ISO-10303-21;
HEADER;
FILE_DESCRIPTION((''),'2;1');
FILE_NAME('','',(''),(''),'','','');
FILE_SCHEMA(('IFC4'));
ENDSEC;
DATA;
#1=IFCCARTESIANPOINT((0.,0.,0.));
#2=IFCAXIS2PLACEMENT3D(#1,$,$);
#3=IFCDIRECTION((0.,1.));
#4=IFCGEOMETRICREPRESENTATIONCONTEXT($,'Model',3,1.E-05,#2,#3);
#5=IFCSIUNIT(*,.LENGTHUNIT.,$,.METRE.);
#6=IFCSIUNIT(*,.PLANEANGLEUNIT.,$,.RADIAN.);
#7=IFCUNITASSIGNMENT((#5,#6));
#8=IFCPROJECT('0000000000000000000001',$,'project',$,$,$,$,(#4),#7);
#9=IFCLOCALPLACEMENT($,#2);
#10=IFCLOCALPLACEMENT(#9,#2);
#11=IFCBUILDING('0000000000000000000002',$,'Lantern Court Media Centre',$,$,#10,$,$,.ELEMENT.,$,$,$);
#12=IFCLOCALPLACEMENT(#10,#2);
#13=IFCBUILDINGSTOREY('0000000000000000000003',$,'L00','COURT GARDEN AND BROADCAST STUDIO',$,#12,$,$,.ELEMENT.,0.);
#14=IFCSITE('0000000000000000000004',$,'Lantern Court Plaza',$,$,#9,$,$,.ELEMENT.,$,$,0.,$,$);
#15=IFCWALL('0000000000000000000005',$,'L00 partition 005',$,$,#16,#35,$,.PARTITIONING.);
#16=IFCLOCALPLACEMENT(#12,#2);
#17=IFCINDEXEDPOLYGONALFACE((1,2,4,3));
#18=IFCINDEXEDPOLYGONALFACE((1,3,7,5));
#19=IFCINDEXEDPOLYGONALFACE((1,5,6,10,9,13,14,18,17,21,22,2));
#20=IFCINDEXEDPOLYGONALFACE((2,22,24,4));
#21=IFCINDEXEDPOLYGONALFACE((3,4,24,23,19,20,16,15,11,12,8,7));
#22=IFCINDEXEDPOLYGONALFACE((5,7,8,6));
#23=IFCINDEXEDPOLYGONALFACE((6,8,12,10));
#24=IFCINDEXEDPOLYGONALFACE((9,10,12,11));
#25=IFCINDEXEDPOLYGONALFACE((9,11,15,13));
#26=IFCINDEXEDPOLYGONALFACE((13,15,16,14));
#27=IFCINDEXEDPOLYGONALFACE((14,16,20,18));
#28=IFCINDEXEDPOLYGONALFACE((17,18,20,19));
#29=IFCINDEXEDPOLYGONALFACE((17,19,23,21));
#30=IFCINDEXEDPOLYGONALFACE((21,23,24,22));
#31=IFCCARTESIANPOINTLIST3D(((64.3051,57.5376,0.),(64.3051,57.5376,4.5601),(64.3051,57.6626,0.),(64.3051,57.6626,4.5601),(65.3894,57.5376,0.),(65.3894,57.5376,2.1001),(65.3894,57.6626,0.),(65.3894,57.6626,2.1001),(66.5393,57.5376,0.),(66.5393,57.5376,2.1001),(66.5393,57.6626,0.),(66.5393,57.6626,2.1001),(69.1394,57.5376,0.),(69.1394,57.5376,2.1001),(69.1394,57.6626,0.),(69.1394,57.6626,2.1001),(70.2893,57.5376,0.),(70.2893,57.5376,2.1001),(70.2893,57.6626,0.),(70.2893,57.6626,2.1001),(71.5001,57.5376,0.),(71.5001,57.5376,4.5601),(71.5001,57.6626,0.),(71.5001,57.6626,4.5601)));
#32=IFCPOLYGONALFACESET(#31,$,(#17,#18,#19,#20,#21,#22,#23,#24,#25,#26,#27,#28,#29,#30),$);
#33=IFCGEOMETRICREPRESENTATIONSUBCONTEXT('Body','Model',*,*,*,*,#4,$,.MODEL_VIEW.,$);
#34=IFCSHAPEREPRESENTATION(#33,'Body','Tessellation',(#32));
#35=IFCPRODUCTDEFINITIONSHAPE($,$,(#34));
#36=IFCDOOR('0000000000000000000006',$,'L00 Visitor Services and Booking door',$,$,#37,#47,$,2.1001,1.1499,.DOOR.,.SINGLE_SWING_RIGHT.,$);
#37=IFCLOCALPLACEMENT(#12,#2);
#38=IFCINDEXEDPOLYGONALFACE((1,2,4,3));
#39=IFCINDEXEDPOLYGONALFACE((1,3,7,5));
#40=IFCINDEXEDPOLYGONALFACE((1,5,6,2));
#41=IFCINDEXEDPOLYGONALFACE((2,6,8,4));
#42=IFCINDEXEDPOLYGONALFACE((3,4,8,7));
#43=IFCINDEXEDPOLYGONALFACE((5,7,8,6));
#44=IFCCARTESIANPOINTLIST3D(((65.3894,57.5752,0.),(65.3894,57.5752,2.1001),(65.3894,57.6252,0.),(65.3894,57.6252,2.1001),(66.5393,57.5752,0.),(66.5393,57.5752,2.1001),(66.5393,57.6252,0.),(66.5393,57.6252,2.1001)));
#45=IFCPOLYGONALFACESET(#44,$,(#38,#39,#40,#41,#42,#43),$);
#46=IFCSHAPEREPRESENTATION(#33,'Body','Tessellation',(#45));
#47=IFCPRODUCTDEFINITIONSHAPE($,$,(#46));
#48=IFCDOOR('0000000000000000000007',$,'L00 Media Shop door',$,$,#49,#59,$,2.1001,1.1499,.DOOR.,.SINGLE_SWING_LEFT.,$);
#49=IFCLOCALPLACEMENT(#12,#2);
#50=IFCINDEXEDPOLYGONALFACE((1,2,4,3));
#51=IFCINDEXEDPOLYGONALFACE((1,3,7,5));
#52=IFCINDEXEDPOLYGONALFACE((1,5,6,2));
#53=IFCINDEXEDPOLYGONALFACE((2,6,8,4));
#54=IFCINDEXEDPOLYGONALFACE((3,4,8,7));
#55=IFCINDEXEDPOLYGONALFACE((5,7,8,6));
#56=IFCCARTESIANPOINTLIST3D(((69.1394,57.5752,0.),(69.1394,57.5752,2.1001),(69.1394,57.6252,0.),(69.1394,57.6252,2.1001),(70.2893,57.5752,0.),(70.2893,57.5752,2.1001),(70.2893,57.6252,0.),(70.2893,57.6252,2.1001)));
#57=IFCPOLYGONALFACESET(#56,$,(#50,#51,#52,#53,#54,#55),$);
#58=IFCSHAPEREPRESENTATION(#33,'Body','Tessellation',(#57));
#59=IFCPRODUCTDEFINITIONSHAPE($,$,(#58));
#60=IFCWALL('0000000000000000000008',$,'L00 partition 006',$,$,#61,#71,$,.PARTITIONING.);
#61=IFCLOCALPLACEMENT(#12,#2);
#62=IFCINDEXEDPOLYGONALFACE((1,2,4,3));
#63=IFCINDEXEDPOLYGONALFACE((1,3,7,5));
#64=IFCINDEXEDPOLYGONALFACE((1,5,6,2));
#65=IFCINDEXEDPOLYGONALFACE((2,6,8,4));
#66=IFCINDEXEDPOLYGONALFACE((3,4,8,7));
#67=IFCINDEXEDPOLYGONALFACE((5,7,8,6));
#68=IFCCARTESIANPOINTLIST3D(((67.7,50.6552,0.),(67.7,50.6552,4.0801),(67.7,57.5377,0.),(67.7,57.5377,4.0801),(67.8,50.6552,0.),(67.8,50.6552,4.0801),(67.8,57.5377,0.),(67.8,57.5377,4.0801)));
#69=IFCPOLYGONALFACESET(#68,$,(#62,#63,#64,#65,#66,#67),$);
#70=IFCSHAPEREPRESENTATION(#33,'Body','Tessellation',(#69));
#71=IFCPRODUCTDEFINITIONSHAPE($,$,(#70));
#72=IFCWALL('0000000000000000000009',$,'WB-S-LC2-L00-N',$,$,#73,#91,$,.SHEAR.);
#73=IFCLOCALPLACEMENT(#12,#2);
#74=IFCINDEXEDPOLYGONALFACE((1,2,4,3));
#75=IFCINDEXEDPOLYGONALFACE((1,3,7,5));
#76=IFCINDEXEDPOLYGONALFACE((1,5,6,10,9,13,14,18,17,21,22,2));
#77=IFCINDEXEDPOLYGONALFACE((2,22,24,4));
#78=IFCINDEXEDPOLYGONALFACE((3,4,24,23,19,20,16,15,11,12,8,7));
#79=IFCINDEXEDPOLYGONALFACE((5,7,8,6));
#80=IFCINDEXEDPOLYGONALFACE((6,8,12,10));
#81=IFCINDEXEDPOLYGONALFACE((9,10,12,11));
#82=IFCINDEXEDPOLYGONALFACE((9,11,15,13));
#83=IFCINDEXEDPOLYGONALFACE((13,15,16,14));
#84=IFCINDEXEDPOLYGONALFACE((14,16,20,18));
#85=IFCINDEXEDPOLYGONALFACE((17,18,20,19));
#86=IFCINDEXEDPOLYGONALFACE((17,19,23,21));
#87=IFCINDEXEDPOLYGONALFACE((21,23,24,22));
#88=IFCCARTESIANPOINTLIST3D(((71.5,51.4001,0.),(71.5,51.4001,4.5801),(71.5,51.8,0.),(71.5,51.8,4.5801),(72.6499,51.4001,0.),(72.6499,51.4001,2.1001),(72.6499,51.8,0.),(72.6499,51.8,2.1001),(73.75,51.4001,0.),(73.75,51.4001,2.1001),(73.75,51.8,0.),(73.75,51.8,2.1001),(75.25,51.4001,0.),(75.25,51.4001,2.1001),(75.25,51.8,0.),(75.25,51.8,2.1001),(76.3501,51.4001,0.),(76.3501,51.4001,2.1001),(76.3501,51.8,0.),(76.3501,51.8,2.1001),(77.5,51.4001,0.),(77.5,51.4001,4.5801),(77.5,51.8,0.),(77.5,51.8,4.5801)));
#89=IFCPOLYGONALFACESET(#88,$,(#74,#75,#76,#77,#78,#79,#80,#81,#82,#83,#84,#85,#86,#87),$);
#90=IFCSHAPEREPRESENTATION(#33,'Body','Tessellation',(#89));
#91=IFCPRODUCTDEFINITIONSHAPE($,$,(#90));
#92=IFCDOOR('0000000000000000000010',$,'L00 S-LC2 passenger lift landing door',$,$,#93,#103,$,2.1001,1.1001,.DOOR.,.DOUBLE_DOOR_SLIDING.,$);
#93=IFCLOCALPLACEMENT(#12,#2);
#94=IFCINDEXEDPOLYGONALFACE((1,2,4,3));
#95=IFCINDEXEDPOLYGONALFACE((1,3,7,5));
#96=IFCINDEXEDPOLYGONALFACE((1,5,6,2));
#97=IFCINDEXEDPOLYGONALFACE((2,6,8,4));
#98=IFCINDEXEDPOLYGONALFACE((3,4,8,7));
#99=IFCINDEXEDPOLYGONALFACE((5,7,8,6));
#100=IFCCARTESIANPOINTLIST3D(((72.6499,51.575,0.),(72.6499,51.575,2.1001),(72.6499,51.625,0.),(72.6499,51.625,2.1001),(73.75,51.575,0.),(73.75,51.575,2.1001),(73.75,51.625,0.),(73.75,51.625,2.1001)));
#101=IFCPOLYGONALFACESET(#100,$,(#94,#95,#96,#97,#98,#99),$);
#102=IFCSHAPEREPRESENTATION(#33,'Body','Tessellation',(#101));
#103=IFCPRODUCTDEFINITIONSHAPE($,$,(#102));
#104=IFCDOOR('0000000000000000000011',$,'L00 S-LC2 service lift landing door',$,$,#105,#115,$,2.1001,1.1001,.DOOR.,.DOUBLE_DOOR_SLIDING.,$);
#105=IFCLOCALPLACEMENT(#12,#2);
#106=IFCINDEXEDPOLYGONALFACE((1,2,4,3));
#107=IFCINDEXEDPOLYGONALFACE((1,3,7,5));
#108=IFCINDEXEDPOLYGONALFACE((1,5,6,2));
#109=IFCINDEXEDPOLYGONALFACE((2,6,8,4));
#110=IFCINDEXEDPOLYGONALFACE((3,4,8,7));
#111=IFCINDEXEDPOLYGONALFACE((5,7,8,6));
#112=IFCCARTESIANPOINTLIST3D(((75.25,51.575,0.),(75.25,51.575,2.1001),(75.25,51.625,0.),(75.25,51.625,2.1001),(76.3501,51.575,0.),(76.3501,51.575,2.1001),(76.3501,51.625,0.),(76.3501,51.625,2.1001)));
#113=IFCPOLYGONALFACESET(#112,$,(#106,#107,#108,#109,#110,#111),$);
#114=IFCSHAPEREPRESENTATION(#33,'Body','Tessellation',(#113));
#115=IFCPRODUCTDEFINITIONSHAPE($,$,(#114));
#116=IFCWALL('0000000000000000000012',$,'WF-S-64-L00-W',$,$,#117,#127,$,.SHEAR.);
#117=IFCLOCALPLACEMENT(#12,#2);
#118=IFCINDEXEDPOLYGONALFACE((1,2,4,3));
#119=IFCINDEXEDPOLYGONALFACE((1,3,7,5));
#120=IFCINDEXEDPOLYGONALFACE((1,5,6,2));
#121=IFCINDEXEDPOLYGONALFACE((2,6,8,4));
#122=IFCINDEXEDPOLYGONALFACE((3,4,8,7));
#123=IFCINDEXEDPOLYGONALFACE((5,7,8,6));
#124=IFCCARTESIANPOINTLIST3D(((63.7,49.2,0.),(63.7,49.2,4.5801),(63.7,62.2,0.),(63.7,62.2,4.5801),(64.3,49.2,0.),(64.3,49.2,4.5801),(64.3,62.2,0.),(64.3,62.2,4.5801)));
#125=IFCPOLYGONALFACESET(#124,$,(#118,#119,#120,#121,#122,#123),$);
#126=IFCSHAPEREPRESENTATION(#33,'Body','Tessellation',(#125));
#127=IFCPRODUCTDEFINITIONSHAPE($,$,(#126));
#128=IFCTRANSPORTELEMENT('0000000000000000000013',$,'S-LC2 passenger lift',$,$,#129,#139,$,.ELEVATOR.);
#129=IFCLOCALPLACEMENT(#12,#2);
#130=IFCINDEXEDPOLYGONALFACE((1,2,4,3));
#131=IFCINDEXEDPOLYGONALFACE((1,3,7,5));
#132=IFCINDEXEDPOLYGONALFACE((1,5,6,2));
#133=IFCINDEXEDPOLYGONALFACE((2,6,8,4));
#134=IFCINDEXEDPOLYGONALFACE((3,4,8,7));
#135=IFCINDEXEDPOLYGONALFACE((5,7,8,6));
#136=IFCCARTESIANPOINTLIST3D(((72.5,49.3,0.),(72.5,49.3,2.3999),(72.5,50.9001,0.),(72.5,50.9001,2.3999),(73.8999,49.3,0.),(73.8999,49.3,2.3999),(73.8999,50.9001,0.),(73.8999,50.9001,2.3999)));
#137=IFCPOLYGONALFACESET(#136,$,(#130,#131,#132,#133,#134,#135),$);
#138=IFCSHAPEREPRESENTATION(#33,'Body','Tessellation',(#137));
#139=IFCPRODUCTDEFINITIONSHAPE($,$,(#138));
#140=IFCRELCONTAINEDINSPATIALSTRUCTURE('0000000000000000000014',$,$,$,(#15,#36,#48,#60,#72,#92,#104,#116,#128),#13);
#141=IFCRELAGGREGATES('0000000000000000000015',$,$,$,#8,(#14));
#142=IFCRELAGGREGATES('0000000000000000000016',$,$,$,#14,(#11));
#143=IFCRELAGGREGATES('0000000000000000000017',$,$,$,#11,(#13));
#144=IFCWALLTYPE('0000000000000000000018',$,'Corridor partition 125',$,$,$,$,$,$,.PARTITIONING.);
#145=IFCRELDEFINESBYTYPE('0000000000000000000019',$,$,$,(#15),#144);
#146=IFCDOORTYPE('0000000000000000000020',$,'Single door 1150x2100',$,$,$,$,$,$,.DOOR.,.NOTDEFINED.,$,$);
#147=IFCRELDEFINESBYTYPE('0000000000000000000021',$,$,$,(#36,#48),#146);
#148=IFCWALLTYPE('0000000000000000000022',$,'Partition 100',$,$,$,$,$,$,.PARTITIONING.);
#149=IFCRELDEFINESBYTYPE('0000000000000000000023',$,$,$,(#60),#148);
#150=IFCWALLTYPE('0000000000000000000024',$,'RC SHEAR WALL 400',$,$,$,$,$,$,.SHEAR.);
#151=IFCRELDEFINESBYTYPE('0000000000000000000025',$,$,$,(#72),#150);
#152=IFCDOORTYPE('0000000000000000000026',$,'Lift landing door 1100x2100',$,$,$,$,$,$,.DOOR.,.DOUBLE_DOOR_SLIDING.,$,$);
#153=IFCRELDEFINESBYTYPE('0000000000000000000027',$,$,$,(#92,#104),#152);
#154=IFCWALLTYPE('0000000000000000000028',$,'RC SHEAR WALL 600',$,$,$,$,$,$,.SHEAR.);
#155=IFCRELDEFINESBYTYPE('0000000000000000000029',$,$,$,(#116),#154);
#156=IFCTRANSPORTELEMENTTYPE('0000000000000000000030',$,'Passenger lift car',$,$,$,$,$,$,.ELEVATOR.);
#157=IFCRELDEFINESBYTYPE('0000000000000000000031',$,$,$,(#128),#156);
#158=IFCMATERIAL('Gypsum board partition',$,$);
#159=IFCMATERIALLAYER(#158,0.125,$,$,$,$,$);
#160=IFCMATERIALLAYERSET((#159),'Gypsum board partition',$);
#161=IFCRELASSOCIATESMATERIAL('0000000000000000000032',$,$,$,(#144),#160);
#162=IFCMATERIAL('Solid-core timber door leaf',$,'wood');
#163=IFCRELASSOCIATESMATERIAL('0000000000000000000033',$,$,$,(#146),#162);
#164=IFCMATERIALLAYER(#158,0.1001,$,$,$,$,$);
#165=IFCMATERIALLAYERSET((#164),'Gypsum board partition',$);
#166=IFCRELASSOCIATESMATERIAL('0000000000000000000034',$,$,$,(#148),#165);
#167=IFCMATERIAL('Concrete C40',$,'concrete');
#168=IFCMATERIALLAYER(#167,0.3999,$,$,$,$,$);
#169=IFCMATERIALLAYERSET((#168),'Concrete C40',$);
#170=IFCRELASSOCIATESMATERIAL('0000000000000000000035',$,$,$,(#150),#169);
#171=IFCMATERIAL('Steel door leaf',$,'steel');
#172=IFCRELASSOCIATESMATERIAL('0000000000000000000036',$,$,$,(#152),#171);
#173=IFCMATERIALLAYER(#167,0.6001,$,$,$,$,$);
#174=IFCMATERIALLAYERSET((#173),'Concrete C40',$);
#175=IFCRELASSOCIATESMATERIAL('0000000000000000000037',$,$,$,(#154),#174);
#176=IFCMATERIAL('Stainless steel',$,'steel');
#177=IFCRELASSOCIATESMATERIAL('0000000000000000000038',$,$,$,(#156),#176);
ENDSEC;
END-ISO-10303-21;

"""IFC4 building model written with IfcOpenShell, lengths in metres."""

from ifc_helpers import new_model, si_unit, direction, frame, frame_2d, origin, origin_2d, place, context, subcontext, project, spatial, rectangle, extrude, material, layer, layer_set, type_object, element, fill, save


model = new_model("IFC4")

# Units and contexts
model_context = context("Model", 3, precision=1e-05, world=origin(), true_north=direction((0.0, 1.0)))
body_context = subcontext(model_context, "Body", "Model", "MODEL_VIEW")
ifc_project = project(units=[si_unit("LENGTHUNIT", "METRE"), si_unit("PLANEANGLEUNIT", "RADIAN")], contexts=[model_context])

# Site, building, storey
site_placement = place(None, origin())
site = spatial("IfcSite", under=ifc_project, at=site_placement, Name="Lantern Court Plaza", CompositionType="ELEMENT", RefElevation=0.0)
building_placement = place(site_placement, origin())
building = spatial("IfcBuilding", under=site, at=building_placement, Name="Lantern Court Media Centre", CompositionType="ELEMENT")
storey_placement = place(building_placement, origin())
storey = spatial("IfcBuildingStorey", under=building, at=storey_placement, Name="L00", Description="COURT GARDEN AND BROADCAST STUDIO", CompositionType="ELEMENT", Elevation=0.0)

# Shared definitions
ifc_material_1 = material(Name="Gypsum board partition")
ifc_layer_1 = layer(ifc_material_1, 0.125)
ifc_layer_set_1 = layer_set([ifc_layer_1], Name="Gypsum board partition")
wall_type_1 = type_object("IfcWallType", Name="Corridor partition 125", PredefinedType="PARTITIONING", material=ifc_layer_set_1)

# Wall, openings, doors
wall_1_placement = place(storey_placement, frame((64.3049, 57.6001, 0.0), z_axis=(0.0, 0.0, 1.0), x_axis=(1.0, 0.0, 0.0)))
wall_1 = element("IfcWall", 1, at=wall_1_placement, inside=storey, type_object=wall_type_1, Name="L00 partition 005", PredefinedType="PARTITIONING", context=body_context, shape_type="SweptSolid", body=[
    extrude(rectangle(XDim=7.1951, YDim=0.125, at=frame_2d((3.5977, 0.0))), origin(), (0.0, 0.0, 1.0), 4.5601),
])
opening_1_placement = place(wall_1_placement, frame((1.0845, 0.0, 0.0)))
opening_1 = element("IfcOpeningElement", 2, at=opening_1_placement, cuts=wall_1, PredefinedType="OPENING", context=body_context, shape_type="SweptSolid", body=[
    extrude(rectangle(XDim=1.1499, YDim=2.1001, at=frame_2d((0.575, 1.05))), frame((0.0, 0.0725, 0.0), z_axis=(0.0, -1.0, 0.0), x_axis=(1.0, 0.0, 0.0)), (0.0, 0.0, 1.0), 0.145),
])
opening_2_placement = place(wall_1_placement, frame((4.8345, 0.0, 0.0)))
opening_2 = element("IfcOpeningElement", 3, at=opening_2_placement, cuts=wall_1, PredefinedType="OPENING", context=body_context, shape_type="SweptSolid", body=[
    extrude(rectangle(XDim=1.1499, YDim=2.1001, at=frame_2d((0.575, 1.05))), frame((0.0, 0.0725, 0.0), z_axis=(0.0, -1.0, 0.0), x_axis=(1.0, 0.0, 0.0)), (0.0, 0.0, 1.0), 0.145),
])
ifc_material_2 = material(Name="Solid-core timber door leaf", Category="wood")
door_type_1 = type_object("IfcDoorType", Name="Single door 1150x2100", OperationType="NOTDEFINED", PredefinedType="DOOR", material=ifc_material_2)
door_1_placement = place(opening_1_placement, frame((1.1499, 0.0, 0.0), z_axis=(0.0, 0.0, 1.0), x_axis=(-1.0, 0.0, 0.0)))
door_1 = element("IfcDoor", 4, at=door_1_placement, inside=storey, type_object=door_type_1, Name="L00 Visitor Services and Booking door", OperationType="SINGLE_SWING_RIGHT", OverallHeight=2.1001, OverallWidth=1.1499, PredefinedType="DOOR", context=body_context, shape_type="SweptSolid", body=[
    extrude(rectangle(XDim=1.1499, YDim=2.1001, at=frame_2d((0.575, 1.05))), frame((0.0, 0.0249, 0.0), z_axis=(0.0, -1.0, 0.0), x_axis=(1.0, 0.0, 0.0)), (0.0, 0.0, 1.0), 0.05),
])
fill(opening_1, door_1)
door_2_placement = place(opening_2_placement, frame((1.1499, 0.0, 0.0), z_axis=(0.0, 0.0, 1.0), x_axis=(-1.0, 0.0, 0.0)))
door_2 = element("IfcDoor", 5, at=door_2_placement, inside=storey, type_object=door_type_1, Name="L00 Media Shop door", OperationType="SINGLE_SWING_LEFT", OverallHeight=2.1001, OverallWidth=1.1499, PredefinedType="DOOR", context=body_context, shape_type="SweptSolid", body=[
    extrude(rectangle(XDim=1.1499, YDim=2.1001, at=frame_2d((0.575, 1.05))), frame((0.0, 0.0249, 0.0), z_axis=(0.0, -1.0, 0.0), x_axis=(1.0, 0.0, 0.0)), (0.0, 0.0, 1.0), 0.05),
])
fill(opening_2, door_2)

# Wall
ifc_layer_2 = layer(ifc_material_1, 0.1001)
ifc_layer_set_2 = layer_set([ifc_layer_2], Name="Gypsum board partition")
wall_type_2 = type_object("IfcWallType", Name="Partition 100", PredefinedType="PARTITIONING", material=ifc_layer_set_2)
wall_2_placement = place(storey_placement, frame((67.75, 50.655, 0.0), z_axis=(0.0, 0.0, 1.0), x_axis=(0.0, 1.0, 0.0)))
element("IfcWall", 6, at=wall_2_placement, inside=storey, type_object=wall_type_2, Name="L00 partition 006", PredefinedType="PARTITIONING", context=body_context, shape_type="SweptSolid", body=[
    extrude(rectangle(XDim=6.8826, YDim=0.1001, at=frame_2d((3.4414, 0.0))), origin(), (0.0, 0.0, 1.0), 4.0801),
])

# Wall, openings, doors
ifc_material_3 = material(Name="Concrete C40", Category="concrete")
ifc_layer_3 = layer(ifc_material_3, 0.3999)
ifc_layer_set_3 = layer_set([ifc_layer_3], Name="Concrete C40")
wall_type_3 = type_object("IfcWallType", Name="RC SHEAR WALL 400", PredefinedType="SHEAR", material=ifc_layer_set_3)
wall_3_placement = place(storey_placement, frame((71.5, 51.6001, 0.0), z_axis=(0.0, 0.0, 1.0), x_axis=(1.0, 0.0, 0.0)))
wall_3 = element("IfcWall", 7, at=wall_3_placement, inside=storey, type_object=wall_type_3, Name="WB-S-LC2-L00-N", PredefinedType="SHEAR", context=body_context, shape_type="SweptSolid", body=[
    extrude(rectangle(XDim=6.0, YDim=0.3999, at=frame_2d((3.0, 0.0))), origin(), (0.0, 0.0, 1.0), 4.5801),
])
opening_3_placement = place(wall_3_placement, frame((1.1499, 0.0, 0.0)))
opening_3 = element("IfcOpeningElement", 8, at=opening_3_placement, cuts=wall_3, PredefinedType="OPENING", context=body_context, shape_type="SweptSolid", body=[
    extrude(rectangle(XDim=1.1001, YDim=2.1001, at=frame_2d((0.55, 1.05))), frame((0.0, 0.21, 0.0), z_axis=(0.0, -1.0, 0.0), x_axis=(1.0, 0.0, 0.0)), (0.0, 0.0, 1.0), 0.4199),
])
opening_4_placement = place(wall_3_placement, frame((3.75, 0.0, 0.0)))
opening_4 = element("IfcOpeningElement", 9, at=opening_4_placement, cuts=wall_3, PredefinedType="OPENING", context=body_context, shape_type="SweptSolid", body=[
    extrude(rectangle(XDim=1.1001, YDim=2.1001, at=frame_2d((0.55, 1.05))), frame((0.0, 0.21, 0.0), z_axis=(0.0, -1.0, 0.0), x_axis=(1.0, 0.0, 0.0)), (0.0, 0.0, 1.0), 0.4199),
])
ifc_material_4 = material(Name="Steel door leaf", Category="steel")
door_type_2 = type_object("IfcDoorType", Name="Lift landing door 1100x2100", OperationType="DOUBLE_DOOR_SLIDING", PredefinedType="DOOR", material=ifc_material_4)
door_3_placement = place(opening_3_placement, origin())
door_3 = element("IfcDoor", 10, at=door_3_placement, inside=storey, type_object=door_type_2, Name="L00 S-LC2 passenger lift landing door", OperationType="DOUBLE_DOOR_SLIDING", OverallHeight=2.1001, OverallWidth=1.1001, PredefinedType="DOOR", context=body_context, shape_type="SweptSolid", body=[
    extrude(rectangle(XDim=1.1001, YDim=2.1001, at=frame_2d((0.55, 1.05))), frame((0.0, 0.0249, 0.0), z_axis=(0.0, -1.0, 0.0), x_axis=(1.0, 0.0, 0.0)), (0.0, 0.0, 1.0), 0.05),
])
fill(opening_3, door_3)
door_4_placement = place(opening_4_placement, origin())
door_4 = element("IfcDoor", 11, at=door_4_placement, inside=storey, type_object=door_type_2, Name="L00 S-LC2 service lift landing door", OperationType="DOUBLE_DOOR_SLIDING", OverallHeight=2.1001, OverallWidth=1.1001, PredefinedType="DOOR", context=body_context, shape_type="SweptSolid", body=[
    extrude(rectangle(XDim=1.1001, YDim=2.1001, at=frame_2d((0.55, 1.05))), frame((0.0, 0.0249, 0.0), z_axis=(0.0, -1.0, 0.0), x_axis=(1.0, 0.0, 0.0)), (0.0, 0.0, 1.0), 0.05),
])
fill(opening_4, door_4)

# Wall
ifc_layer_4 = layer(ifc_material_3, 0.6001)
ifc_layer_set_4 = layer_set([ifc_layer_4], Name="Concrete C40")
wall_type_4 = type_object("IfcWallType", Name="RC SHEAR WALL 600", PredefinedType="SHEAR", material=ifc_layer_set_4)
wall_4_placement = place(storey_placement, frame((64.0, 49.2, 0.0), z_axis=(0.0, 0.0, 1.0), x_axis=(0.0, 1.0, 0.0)))
element("IfcWall", 12, at=wall_4_placement, inside=storey, type_object=wall_type_4, Name="WF-S-64-L00-W", PredefinedType="SHEAR", context=body_context, shape_type="SweptSolid", body=[
    extrude(rectangle(XDim=13.0, YDim=0.6001, at=frame_2d((6.5, 0.0))), origin(), (0.0, 0.0, 1.0), 4.5801),
])

# Transport element
ifc_material_5 = material(Name="Stainless steel", Category="steel")
transport_element_type = type_object("IfcTransportElementType", Name="Passenger lift car", PredefinedType="ELEVATOR", material=ifc_material_5)
transport_element_placement = place(storey_placement, frame((73.2, 50.1001, 0.0), z_axis=(0.0, 0.0, 1.0), x_axis=(1.0, 0.0, 0.0)))
element("IfcTransportElement", 13, at=transport_element_placement, inside=storey, type_object=transport_element_type, Name="S-LC2 passenger lift", PredefinedType="ELEVATOR", context=body_context, shape_type="SweptSolid", body=[
    extrude(rectangle(XDim=1.3999, YDim=1.6001, at=origin_2d()), origin(), (0.0, 0.0, 1.0), 2.3999),
])

save(model, "model.ifc")
